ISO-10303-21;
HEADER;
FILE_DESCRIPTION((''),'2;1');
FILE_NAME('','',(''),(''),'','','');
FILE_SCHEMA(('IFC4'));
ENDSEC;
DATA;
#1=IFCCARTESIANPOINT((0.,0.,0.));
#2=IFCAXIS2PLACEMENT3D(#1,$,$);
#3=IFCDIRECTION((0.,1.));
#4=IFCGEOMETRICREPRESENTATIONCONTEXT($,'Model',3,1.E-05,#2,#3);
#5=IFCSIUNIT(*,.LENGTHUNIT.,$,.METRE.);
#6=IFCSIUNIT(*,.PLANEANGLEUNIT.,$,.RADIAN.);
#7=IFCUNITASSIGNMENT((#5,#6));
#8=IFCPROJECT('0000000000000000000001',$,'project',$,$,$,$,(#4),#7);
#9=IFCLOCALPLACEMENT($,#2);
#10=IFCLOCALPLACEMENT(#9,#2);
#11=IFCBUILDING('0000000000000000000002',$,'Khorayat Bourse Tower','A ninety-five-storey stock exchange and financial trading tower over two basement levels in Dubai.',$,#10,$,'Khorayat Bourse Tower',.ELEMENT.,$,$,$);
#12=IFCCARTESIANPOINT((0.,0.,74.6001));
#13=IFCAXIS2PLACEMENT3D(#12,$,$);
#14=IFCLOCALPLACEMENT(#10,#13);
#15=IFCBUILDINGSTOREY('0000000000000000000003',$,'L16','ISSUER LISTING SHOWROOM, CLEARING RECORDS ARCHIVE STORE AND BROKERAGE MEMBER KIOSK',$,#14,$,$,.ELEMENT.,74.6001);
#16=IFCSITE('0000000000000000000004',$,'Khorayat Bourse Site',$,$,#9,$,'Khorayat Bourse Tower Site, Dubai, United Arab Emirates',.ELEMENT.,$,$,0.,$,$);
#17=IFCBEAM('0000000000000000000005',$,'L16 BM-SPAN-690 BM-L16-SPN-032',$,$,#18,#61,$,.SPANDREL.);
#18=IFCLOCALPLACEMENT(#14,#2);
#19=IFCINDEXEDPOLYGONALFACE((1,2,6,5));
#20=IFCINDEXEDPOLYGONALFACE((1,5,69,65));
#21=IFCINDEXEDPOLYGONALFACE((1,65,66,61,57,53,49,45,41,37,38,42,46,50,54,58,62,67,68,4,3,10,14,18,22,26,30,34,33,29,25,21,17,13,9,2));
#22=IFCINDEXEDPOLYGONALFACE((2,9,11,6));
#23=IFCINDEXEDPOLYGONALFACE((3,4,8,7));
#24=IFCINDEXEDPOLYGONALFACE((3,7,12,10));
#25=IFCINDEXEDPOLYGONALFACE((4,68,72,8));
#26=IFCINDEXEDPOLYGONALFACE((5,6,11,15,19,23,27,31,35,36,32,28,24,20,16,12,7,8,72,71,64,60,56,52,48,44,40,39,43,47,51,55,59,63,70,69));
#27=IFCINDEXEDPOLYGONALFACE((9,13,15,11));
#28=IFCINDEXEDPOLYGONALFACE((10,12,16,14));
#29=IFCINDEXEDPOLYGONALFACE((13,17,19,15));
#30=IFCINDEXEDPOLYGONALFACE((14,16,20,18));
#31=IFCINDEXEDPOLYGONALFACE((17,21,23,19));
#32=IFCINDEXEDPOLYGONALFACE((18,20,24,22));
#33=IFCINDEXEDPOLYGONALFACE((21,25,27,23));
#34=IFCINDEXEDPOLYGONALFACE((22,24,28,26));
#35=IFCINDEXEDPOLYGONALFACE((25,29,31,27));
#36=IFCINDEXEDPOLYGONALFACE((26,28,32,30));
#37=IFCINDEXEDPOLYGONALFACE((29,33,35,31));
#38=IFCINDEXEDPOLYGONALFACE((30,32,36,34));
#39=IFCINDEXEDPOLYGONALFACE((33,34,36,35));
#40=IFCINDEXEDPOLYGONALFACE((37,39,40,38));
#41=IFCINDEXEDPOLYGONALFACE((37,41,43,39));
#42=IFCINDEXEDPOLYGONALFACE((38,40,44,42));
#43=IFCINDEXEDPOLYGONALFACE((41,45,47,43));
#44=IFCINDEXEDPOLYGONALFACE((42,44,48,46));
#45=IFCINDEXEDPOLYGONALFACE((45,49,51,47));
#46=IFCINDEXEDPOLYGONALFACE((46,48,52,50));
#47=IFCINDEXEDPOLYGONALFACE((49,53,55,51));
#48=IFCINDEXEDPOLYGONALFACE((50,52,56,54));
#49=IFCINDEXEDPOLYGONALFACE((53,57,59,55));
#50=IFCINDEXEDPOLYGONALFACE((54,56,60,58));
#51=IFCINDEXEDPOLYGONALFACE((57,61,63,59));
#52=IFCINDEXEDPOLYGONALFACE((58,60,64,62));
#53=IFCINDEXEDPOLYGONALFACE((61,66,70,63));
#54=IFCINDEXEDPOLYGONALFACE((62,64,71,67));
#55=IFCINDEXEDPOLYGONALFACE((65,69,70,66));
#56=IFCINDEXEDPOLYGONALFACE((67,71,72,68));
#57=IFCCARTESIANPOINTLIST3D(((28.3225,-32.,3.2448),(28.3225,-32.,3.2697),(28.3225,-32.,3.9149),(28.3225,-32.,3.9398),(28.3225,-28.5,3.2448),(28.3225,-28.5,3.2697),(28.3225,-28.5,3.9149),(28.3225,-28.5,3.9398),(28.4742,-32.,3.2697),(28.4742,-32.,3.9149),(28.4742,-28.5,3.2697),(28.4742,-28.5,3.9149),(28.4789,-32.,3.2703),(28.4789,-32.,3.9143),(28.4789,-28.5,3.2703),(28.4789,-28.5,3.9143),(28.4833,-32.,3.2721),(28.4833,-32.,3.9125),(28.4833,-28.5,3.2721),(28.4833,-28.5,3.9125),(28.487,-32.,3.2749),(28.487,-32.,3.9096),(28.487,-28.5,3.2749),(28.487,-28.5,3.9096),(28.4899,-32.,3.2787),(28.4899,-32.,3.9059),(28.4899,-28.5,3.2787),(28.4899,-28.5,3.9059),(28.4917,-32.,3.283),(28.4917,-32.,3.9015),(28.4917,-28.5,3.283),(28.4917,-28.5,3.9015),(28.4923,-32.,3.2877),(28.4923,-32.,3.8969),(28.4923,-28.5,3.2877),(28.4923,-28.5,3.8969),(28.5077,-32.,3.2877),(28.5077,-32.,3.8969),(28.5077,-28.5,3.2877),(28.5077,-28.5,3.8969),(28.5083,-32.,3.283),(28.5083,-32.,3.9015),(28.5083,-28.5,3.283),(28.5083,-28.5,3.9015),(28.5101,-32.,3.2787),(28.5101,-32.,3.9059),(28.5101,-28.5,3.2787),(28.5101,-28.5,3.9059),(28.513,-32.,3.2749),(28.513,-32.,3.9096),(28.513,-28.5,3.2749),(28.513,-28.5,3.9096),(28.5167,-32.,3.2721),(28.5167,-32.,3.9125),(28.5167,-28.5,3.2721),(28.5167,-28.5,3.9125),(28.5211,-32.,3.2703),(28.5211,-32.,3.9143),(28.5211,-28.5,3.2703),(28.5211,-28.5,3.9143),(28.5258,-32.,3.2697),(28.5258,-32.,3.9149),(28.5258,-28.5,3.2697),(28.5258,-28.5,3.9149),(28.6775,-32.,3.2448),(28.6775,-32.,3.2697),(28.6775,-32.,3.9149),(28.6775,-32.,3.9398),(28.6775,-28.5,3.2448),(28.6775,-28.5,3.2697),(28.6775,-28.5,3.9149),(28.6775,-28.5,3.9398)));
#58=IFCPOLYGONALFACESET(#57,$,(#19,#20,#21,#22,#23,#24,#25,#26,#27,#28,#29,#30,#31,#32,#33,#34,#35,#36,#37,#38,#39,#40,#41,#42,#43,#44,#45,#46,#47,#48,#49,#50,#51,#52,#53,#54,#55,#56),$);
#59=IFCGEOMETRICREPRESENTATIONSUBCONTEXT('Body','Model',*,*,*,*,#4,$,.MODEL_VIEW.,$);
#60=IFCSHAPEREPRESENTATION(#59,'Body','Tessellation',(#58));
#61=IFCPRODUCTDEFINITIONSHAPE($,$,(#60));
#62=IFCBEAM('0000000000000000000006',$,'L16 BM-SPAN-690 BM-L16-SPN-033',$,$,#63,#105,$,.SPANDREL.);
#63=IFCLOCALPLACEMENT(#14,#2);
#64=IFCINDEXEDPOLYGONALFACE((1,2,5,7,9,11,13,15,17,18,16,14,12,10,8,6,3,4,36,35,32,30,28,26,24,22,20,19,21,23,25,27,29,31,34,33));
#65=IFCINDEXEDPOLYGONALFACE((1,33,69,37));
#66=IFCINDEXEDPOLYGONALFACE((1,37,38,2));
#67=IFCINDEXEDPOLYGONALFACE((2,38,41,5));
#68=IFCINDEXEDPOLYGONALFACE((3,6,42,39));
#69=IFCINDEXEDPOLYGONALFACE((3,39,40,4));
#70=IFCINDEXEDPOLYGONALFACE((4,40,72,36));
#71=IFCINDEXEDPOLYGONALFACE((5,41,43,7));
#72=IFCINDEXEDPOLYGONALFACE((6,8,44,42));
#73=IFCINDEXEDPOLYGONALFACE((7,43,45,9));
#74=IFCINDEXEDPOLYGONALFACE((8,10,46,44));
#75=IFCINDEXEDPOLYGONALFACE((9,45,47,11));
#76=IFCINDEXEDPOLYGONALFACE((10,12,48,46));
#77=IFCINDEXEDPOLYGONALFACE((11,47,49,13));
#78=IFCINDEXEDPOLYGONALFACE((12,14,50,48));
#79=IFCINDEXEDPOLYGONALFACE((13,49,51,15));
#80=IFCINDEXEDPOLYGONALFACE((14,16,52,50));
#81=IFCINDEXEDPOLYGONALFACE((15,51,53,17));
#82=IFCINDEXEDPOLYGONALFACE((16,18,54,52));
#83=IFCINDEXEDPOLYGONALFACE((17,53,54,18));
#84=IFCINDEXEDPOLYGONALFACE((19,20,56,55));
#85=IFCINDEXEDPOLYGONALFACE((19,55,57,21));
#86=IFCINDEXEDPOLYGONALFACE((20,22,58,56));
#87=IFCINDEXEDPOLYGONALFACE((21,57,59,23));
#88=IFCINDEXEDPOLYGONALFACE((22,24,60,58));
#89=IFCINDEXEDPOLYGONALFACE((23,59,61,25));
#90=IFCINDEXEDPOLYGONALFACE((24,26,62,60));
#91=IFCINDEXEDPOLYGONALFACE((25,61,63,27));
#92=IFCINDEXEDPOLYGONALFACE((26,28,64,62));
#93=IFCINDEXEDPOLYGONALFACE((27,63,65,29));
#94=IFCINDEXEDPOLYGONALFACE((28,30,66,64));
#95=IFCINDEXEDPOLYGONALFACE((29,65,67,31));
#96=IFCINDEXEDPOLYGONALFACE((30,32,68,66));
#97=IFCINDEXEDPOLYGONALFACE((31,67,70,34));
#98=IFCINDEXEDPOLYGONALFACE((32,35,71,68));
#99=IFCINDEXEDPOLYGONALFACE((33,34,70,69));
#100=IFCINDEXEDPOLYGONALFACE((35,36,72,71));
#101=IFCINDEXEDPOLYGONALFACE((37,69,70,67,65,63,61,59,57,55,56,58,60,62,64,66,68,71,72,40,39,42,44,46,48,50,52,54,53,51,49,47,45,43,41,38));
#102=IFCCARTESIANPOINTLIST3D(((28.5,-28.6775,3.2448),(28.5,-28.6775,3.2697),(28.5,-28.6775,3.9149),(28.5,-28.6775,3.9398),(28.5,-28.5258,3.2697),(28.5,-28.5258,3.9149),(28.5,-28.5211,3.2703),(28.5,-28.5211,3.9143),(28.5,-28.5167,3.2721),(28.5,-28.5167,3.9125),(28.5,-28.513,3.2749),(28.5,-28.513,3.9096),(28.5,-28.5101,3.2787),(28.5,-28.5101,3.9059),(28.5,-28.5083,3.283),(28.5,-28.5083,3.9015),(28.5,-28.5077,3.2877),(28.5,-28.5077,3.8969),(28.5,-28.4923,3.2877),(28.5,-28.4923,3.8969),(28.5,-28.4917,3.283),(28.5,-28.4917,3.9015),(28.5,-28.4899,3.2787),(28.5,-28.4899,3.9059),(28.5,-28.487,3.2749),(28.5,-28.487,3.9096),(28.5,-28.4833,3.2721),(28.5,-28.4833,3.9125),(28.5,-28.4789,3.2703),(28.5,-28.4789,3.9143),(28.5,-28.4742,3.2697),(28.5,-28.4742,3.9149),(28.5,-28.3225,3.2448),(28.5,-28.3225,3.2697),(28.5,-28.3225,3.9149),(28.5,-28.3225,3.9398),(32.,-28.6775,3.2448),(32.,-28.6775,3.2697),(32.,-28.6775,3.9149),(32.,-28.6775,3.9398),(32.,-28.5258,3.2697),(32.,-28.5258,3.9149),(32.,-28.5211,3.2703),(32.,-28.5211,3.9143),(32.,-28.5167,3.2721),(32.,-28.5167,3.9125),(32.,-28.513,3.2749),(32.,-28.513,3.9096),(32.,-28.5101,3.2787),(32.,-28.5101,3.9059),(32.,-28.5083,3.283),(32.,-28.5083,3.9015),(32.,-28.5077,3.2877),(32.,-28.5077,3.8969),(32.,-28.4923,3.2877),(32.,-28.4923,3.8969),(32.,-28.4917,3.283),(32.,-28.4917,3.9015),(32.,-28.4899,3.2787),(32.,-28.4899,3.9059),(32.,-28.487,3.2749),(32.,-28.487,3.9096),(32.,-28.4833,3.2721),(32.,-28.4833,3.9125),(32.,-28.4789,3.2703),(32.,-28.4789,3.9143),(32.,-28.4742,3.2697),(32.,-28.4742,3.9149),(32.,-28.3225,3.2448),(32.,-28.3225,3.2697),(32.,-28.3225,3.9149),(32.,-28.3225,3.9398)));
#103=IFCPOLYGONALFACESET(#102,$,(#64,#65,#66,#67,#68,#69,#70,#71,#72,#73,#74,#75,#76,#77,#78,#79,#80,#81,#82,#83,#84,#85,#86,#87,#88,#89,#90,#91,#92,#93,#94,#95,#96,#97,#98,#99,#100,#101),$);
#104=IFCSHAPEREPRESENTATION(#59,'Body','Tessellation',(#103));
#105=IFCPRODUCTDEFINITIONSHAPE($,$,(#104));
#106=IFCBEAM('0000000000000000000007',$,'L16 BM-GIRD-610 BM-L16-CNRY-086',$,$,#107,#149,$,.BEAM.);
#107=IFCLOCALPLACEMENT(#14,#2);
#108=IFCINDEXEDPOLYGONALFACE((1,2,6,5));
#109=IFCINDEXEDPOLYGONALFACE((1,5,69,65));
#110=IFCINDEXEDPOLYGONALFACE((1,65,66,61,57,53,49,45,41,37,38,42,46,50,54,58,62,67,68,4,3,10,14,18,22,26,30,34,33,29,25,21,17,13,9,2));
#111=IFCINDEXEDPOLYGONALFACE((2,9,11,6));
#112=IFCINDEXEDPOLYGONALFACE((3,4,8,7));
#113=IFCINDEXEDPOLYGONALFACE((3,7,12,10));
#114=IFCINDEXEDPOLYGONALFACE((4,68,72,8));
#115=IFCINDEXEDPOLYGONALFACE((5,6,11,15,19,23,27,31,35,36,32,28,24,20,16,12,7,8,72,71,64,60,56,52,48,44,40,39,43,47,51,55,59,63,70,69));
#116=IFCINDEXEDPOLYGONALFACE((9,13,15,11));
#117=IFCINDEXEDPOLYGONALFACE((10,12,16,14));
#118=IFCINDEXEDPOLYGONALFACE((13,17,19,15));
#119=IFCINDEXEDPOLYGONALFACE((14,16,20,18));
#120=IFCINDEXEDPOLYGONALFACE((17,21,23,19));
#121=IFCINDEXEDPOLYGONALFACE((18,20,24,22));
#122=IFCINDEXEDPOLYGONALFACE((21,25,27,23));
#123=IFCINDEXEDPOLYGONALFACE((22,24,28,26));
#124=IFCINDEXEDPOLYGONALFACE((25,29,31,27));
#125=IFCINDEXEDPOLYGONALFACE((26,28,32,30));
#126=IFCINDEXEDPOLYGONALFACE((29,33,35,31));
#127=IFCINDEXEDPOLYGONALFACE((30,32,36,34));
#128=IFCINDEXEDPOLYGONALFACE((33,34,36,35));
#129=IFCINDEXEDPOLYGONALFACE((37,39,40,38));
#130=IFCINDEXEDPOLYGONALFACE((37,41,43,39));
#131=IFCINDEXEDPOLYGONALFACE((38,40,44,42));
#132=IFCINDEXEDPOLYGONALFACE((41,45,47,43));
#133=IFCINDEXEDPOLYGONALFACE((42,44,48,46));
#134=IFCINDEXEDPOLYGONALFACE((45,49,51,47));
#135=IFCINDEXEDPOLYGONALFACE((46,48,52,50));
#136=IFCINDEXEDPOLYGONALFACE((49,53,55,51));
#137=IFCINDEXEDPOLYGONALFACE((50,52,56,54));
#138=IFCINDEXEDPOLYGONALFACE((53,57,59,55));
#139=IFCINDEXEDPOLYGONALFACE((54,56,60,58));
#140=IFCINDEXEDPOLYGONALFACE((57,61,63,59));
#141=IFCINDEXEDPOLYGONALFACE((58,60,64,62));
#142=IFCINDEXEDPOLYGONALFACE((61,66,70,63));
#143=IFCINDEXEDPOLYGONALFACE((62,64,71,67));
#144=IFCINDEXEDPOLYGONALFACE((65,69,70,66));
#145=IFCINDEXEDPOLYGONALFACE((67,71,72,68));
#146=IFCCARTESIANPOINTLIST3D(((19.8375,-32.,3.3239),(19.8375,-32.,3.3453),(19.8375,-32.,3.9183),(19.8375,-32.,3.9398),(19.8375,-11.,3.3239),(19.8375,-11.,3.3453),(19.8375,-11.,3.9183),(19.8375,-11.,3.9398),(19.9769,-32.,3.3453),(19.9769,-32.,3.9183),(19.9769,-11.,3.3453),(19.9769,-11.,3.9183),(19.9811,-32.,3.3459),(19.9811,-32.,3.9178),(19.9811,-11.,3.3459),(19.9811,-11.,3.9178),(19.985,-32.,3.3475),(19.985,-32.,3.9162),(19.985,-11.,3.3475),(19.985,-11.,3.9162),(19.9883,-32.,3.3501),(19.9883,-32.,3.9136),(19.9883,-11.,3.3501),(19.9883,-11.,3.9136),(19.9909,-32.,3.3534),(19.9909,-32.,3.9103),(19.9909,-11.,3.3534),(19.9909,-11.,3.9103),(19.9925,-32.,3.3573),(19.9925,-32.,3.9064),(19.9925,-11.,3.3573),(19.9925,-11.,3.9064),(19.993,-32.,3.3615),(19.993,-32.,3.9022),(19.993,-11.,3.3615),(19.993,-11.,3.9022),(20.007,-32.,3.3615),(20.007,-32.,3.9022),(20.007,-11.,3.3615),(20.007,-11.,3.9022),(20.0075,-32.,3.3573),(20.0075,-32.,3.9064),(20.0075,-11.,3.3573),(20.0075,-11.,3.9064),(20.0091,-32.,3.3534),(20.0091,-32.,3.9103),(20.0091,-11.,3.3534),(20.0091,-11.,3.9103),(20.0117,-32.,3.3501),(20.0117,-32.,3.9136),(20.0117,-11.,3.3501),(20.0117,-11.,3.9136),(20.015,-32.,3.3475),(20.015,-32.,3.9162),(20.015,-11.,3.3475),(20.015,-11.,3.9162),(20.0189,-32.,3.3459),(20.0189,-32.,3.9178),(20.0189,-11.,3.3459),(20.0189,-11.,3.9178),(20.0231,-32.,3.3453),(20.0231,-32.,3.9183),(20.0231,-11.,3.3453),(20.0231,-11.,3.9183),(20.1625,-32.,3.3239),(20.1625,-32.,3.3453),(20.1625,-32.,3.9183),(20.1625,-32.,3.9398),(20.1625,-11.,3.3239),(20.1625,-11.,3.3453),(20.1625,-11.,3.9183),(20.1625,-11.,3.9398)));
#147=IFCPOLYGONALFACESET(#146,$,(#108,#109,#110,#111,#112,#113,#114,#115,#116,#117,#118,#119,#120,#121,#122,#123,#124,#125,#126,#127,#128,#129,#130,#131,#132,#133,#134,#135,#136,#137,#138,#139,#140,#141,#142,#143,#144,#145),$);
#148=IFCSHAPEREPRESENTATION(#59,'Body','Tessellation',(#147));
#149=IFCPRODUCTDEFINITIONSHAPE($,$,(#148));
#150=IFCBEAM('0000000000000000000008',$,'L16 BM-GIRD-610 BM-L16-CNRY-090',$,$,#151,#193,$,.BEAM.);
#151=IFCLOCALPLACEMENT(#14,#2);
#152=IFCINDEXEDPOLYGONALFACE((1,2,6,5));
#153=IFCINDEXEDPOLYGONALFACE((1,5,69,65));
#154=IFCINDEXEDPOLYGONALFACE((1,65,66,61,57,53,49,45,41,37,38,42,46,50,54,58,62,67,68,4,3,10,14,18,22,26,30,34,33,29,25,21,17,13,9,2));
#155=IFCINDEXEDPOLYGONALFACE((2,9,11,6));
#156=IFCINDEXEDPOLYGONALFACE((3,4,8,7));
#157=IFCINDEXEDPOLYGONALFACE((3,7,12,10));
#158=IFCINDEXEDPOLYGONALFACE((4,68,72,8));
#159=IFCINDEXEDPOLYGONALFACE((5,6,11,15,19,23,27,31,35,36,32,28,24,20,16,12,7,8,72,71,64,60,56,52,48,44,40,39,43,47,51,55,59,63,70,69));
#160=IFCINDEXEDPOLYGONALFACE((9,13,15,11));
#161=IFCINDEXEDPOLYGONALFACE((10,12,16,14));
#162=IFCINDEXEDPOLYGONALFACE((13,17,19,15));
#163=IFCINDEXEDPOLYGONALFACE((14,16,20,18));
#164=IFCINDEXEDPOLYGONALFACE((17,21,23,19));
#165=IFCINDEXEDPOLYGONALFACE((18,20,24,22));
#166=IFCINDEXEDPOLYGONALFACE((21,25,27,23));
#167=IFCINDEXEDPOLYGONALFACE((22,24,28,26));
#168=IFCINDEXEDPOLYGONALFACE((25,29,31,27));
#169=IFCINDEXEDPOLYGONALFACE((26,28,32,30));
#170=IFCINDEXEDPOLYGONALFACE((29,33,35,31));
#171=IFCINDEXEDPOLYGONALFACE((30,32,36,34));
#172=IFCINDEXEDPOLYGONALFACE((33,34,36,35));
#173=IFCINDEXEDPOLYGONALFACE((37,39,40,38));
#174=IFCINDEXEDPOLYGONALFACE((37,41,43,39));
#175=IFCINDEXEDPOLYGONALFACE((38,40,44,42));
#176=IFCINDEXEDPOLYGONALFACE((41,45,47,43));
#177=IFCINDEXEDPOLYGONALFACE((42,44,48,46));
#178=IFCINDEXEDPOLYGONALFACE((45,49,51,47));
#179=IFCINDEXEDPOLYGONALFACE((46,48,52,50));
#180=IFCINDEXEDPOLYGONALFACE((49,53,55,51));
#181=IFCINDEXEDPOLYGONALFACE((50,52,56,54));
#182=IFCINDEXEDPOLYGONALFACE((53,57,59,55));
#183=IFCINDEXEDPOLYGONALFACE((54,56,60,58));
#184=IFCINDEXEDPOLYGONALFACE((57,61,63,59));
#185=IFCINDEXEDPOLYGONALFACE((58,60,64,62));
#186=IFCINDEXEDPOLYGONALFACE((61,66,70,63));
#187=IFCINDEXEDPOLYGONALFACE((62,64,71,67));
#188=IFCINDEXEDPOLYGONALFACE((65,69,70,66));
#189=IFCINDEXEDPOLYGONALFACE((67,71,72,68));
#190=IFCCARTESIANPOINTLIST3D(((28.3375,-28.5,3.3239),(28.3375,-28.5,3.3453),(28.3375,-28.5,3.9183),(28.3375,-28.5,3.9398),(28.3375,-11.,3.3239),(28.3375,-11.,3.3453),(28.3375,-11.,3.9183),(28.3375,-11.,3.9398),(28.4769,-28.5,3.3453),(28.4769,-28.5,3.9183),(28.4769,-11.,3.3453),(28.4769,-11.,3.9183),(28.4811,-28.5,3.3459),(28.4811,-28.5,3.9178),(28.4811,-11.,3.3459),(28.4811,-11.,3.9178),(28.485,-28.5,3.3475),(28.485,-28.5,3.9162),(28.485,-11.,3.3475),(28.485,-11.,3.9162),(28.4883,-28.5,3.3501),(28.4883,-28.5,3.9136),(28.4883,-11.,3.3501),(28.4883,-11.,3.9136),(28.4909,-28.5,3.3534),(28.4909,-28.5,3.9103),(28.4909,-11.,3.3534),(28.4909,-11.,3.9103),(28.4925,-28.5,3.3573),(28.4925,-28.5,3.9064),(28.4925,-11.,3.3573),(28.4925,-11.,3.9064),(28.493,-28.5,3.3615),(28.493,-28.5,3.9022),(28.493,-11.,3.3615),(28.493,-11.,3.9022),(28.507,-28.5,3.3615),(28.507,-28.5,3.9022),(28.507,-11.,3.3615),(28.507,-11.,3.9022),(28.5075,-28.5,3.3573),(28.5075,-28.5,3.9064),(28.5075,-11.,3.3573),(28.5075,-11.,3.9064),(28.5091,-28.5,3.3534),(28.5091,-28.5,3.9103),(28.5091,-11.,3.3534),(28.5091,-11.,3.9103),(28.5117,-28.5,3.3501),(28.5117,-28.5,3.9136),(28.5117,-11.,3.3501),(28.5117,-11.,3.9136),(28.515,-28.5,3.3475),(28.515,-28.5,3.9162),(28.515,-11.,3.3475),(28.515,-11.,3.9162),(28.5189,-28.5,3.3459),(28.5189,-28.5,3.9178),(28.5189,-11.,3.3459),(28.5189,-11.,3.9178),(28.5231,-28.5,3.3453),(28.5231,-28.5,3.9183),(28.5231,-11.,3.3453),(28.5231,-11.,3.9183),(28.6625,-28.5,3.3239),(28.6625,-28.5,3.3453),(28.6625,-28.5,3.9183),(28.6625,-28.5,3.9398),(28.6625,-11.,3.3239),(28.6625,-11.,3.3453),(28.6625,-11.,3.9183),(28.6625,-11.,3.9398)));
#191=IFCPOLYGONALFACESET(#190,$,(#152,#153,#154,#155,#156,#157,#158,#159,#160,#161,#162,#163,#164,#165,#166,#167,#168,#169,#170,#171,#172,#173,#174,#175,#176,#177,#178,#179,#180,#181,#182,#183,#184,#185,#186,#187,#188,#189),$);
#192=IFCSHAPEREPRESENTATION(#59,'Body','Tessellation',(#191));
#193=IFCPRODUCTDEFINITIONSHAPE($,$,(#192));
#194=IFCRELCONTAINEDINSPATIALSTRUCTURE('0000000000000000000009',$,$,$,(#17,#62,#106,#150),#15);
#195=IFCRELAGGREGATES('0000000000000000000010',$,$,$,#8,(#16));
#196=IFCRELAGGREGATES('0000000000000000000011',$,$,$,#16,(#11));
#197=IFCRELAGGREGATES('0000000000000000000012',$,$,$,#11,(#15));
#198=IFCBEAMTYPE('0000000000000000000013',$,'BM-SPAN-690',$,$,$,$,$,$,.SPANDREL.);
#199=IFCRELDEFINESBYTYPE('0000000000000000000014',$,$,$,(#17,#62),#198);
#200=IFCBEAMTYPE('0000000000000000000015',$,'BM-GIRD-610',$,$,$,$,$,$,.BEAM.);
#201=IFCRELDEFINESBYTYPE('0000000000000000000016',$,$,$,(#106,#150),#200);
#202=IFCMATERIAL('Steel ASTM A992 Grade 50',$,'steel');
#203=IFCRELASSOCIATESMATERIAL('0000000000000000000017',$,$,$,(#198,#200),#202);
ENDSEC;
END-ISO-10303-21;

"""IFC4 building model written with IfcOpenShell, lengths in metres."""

from ifc_helpers import new_model, si_unit, direction, frame, origin, origin_2d, place, context, subcontext, project, spatial, i_section, extrude, source, transform, mapped, material, material_profile, profile_set, type_object, element, save


model = new_model("IFC4")

# Units and contexts
model_context = context("Model", 3, precision=1e-05, world=origin(), true_north=direction((0.0, 1.0)))
body_context = subcontext(model_context, "Body", "Model", "MODEL_VIEW")
ifc_project = project(units=[si_unit("LENGTHUNIT", "METRE"), si_unit("PLANEANGLEUNIT", "RADIAN")], contexts=[model_context])

# Site, building, storey
site_placement = place(None, origin())
site = spatial("IfcSite", under=ifc_project, at=site_placement, Name="Khorayat Bourse Site", LongName="Khorayat Bourse Tower Site, Dubai, United Arab Emirates", CompositionType="ELEMENT", RefElevation=0.0)
building_placement = place(site_placement, origin())
building = spatial("IfcBuilding", under=site, at=building_placement, Name="Khorayat Bourse Tower", Description="A ninety-five-storey stock exchange and financial trading tower over two basement levels in Dubai.", LongName="Khorayat Bourse Tower", CompositionType="ELEMENT")
storey_placement = place(building_placement, frame((0.0, 0.0, 74.6001)))
storey = spatial("IfcBuildingStorey", under=building, at=storey_placement, Name="L16", Description="ISSUER LISTING SHOWROOM, CLEARING RECORDS ARCHIVE STORE AND BROKERAGE MEMBER KIOSK", CompositionType="ELEMENT", Elevation=74.6001)

# Beams
ifc_material_1 = material(Name="Steel ASTM A992 Grade 50", Category="steel")
ifc_material_profile_1 = material_profile(ifc_material_1, i_section(OverallWidth=0.355, OverallDepth=0.6951, WebThickness=0.0154, FlangeThickness=0.0249, FilletRadius=0.0181, at=origin_2d()), Name="W690X217")
ifc_profile_set_1 = profile_set([ifc_material_profile_1], Name="Steel ASTM A992 Grade 50")
beam_type_1 = type_object("IfcBeamType", Name="BM-SPAN-690", PredefinedType="SPANDREL", material=ifc_profile_set_1)
shared_shape_1 = source(origin(), body_context, "Body", "SweptSolid", [
    extrude(i_section(OverallWidth=0.355, OverallDepth=0.6951, WebThickness=0.0154, FlangeThickness=0.0249, FilletRadius=0.0181, at=origin_2d()), origin(), (0.0, 0.0, 1.0), 3.5),
])
for number, where, z_axis, x_axis, name in (
    (1, (28.5, -32.0, 3.5923), (0.0, 1.0, 0.0), (-1.0, 0.0, 0.0), "L16 BM-SPAN-690 BM-L16-SPN-032"),
    (2, (28.5, -28.5, 3.5923), (1.0, 0.0, 0.0), (0.0, 1.0, 0.0), "L16 BM-SPAN-690 BM-L16-SPN-033"),
):
    element("IfcBeam", number, at=place(storey_placement, frame(where, z_axis=z_axis, x_axis=x_axis)), inside=storey, type_object=beam_type_1, Name=name, PredefinedType="SPANDREL", context=body_context, shape_type="MappedRepresentation", body=[
        mapped(shared_shape_1, transform((0.0, 0.0, 0.0), scale=1.0)),
    ])
ifc_material_profile_2 = material_profile(ifc_material_1, i_section(OverallWidth=0.325, OverallDepth=0.616, WebThickness=0.0139, FlangeThickness=0.0215, FilletRadius=0.0161, at=origin_2d()), Name="W610X174")
ifc_profile_set_2 = profile_set([ifc_material_profile_2], Name="Steel ASTM A992 Grade 50")
beam_type_2 = type_object("IfcBeamType", Name="BM-GIRD-610", PredefinedType="BEAM", material=ifc_profile_set_2)
shared_shape_2 = source(origin(), body_context, "Body", "SweptSolid", [
    extrude(i_section(OverallWidth=0.325, OverallDepth=0.616, WebThickness=0.0139, FlangeThickness=0.0215, FilletRadius=0.0161, at=origin_2d()), origin(), (0.0, 0.0, 1.0), 21.0),
])
beam_1_placement = place(storey_placement, frame((20.0, -32.0, 3.6318), z_axis=(0.0, 1.0, 0.0), x_axis=(-1.0, 0.0, 0.0)))
element("IfcBeam", 3, at=beam_1_placement, inside=storey, type_object=beam_type_2, Name="L16 BM-GIRD-610 BM-L16-CNRY-086", PredefinedType="BEAM", context=body_context, shape_type="MappedRepresentation", body=[
    mapped(shared_shape_2, transform((0.0, 0.0, 0.0), scale=1.0)),
])
shared_shape_3 = source(origin(), body_context, "Body", "SweptSolid", [
    extrude(i_section(OverallWidth=0.325, OverallDepth=0.616, WebThickness=0.0139, FlangeThickness=0.0215, FilletRadius=0.0161, at=origin_2d()), origin(), (0.0, 0.0, 1.0), 17.5),
])
beam_2_placement = place(storey_placement, frame((28.5, -28.5, 3.6318), z_axis=(0.0, 1.0, 0.0), x_axis=(-1.0, 0.0, 0.0)))
element("IfcBeam", 4, at=beam_2_placement, inside=storey, type_object=beam_type_2, Name="L16 BM-GIRD-610 BM-L16-CNRY-090", PredefinedType="BEAM", context=body_context, shape_type="MappedRepresentation", body=[
    mapped(shared_shape_3, transform((0.0, 0.0, 0.0), scale=1.0)),
])

save(model, "model.ifc")
